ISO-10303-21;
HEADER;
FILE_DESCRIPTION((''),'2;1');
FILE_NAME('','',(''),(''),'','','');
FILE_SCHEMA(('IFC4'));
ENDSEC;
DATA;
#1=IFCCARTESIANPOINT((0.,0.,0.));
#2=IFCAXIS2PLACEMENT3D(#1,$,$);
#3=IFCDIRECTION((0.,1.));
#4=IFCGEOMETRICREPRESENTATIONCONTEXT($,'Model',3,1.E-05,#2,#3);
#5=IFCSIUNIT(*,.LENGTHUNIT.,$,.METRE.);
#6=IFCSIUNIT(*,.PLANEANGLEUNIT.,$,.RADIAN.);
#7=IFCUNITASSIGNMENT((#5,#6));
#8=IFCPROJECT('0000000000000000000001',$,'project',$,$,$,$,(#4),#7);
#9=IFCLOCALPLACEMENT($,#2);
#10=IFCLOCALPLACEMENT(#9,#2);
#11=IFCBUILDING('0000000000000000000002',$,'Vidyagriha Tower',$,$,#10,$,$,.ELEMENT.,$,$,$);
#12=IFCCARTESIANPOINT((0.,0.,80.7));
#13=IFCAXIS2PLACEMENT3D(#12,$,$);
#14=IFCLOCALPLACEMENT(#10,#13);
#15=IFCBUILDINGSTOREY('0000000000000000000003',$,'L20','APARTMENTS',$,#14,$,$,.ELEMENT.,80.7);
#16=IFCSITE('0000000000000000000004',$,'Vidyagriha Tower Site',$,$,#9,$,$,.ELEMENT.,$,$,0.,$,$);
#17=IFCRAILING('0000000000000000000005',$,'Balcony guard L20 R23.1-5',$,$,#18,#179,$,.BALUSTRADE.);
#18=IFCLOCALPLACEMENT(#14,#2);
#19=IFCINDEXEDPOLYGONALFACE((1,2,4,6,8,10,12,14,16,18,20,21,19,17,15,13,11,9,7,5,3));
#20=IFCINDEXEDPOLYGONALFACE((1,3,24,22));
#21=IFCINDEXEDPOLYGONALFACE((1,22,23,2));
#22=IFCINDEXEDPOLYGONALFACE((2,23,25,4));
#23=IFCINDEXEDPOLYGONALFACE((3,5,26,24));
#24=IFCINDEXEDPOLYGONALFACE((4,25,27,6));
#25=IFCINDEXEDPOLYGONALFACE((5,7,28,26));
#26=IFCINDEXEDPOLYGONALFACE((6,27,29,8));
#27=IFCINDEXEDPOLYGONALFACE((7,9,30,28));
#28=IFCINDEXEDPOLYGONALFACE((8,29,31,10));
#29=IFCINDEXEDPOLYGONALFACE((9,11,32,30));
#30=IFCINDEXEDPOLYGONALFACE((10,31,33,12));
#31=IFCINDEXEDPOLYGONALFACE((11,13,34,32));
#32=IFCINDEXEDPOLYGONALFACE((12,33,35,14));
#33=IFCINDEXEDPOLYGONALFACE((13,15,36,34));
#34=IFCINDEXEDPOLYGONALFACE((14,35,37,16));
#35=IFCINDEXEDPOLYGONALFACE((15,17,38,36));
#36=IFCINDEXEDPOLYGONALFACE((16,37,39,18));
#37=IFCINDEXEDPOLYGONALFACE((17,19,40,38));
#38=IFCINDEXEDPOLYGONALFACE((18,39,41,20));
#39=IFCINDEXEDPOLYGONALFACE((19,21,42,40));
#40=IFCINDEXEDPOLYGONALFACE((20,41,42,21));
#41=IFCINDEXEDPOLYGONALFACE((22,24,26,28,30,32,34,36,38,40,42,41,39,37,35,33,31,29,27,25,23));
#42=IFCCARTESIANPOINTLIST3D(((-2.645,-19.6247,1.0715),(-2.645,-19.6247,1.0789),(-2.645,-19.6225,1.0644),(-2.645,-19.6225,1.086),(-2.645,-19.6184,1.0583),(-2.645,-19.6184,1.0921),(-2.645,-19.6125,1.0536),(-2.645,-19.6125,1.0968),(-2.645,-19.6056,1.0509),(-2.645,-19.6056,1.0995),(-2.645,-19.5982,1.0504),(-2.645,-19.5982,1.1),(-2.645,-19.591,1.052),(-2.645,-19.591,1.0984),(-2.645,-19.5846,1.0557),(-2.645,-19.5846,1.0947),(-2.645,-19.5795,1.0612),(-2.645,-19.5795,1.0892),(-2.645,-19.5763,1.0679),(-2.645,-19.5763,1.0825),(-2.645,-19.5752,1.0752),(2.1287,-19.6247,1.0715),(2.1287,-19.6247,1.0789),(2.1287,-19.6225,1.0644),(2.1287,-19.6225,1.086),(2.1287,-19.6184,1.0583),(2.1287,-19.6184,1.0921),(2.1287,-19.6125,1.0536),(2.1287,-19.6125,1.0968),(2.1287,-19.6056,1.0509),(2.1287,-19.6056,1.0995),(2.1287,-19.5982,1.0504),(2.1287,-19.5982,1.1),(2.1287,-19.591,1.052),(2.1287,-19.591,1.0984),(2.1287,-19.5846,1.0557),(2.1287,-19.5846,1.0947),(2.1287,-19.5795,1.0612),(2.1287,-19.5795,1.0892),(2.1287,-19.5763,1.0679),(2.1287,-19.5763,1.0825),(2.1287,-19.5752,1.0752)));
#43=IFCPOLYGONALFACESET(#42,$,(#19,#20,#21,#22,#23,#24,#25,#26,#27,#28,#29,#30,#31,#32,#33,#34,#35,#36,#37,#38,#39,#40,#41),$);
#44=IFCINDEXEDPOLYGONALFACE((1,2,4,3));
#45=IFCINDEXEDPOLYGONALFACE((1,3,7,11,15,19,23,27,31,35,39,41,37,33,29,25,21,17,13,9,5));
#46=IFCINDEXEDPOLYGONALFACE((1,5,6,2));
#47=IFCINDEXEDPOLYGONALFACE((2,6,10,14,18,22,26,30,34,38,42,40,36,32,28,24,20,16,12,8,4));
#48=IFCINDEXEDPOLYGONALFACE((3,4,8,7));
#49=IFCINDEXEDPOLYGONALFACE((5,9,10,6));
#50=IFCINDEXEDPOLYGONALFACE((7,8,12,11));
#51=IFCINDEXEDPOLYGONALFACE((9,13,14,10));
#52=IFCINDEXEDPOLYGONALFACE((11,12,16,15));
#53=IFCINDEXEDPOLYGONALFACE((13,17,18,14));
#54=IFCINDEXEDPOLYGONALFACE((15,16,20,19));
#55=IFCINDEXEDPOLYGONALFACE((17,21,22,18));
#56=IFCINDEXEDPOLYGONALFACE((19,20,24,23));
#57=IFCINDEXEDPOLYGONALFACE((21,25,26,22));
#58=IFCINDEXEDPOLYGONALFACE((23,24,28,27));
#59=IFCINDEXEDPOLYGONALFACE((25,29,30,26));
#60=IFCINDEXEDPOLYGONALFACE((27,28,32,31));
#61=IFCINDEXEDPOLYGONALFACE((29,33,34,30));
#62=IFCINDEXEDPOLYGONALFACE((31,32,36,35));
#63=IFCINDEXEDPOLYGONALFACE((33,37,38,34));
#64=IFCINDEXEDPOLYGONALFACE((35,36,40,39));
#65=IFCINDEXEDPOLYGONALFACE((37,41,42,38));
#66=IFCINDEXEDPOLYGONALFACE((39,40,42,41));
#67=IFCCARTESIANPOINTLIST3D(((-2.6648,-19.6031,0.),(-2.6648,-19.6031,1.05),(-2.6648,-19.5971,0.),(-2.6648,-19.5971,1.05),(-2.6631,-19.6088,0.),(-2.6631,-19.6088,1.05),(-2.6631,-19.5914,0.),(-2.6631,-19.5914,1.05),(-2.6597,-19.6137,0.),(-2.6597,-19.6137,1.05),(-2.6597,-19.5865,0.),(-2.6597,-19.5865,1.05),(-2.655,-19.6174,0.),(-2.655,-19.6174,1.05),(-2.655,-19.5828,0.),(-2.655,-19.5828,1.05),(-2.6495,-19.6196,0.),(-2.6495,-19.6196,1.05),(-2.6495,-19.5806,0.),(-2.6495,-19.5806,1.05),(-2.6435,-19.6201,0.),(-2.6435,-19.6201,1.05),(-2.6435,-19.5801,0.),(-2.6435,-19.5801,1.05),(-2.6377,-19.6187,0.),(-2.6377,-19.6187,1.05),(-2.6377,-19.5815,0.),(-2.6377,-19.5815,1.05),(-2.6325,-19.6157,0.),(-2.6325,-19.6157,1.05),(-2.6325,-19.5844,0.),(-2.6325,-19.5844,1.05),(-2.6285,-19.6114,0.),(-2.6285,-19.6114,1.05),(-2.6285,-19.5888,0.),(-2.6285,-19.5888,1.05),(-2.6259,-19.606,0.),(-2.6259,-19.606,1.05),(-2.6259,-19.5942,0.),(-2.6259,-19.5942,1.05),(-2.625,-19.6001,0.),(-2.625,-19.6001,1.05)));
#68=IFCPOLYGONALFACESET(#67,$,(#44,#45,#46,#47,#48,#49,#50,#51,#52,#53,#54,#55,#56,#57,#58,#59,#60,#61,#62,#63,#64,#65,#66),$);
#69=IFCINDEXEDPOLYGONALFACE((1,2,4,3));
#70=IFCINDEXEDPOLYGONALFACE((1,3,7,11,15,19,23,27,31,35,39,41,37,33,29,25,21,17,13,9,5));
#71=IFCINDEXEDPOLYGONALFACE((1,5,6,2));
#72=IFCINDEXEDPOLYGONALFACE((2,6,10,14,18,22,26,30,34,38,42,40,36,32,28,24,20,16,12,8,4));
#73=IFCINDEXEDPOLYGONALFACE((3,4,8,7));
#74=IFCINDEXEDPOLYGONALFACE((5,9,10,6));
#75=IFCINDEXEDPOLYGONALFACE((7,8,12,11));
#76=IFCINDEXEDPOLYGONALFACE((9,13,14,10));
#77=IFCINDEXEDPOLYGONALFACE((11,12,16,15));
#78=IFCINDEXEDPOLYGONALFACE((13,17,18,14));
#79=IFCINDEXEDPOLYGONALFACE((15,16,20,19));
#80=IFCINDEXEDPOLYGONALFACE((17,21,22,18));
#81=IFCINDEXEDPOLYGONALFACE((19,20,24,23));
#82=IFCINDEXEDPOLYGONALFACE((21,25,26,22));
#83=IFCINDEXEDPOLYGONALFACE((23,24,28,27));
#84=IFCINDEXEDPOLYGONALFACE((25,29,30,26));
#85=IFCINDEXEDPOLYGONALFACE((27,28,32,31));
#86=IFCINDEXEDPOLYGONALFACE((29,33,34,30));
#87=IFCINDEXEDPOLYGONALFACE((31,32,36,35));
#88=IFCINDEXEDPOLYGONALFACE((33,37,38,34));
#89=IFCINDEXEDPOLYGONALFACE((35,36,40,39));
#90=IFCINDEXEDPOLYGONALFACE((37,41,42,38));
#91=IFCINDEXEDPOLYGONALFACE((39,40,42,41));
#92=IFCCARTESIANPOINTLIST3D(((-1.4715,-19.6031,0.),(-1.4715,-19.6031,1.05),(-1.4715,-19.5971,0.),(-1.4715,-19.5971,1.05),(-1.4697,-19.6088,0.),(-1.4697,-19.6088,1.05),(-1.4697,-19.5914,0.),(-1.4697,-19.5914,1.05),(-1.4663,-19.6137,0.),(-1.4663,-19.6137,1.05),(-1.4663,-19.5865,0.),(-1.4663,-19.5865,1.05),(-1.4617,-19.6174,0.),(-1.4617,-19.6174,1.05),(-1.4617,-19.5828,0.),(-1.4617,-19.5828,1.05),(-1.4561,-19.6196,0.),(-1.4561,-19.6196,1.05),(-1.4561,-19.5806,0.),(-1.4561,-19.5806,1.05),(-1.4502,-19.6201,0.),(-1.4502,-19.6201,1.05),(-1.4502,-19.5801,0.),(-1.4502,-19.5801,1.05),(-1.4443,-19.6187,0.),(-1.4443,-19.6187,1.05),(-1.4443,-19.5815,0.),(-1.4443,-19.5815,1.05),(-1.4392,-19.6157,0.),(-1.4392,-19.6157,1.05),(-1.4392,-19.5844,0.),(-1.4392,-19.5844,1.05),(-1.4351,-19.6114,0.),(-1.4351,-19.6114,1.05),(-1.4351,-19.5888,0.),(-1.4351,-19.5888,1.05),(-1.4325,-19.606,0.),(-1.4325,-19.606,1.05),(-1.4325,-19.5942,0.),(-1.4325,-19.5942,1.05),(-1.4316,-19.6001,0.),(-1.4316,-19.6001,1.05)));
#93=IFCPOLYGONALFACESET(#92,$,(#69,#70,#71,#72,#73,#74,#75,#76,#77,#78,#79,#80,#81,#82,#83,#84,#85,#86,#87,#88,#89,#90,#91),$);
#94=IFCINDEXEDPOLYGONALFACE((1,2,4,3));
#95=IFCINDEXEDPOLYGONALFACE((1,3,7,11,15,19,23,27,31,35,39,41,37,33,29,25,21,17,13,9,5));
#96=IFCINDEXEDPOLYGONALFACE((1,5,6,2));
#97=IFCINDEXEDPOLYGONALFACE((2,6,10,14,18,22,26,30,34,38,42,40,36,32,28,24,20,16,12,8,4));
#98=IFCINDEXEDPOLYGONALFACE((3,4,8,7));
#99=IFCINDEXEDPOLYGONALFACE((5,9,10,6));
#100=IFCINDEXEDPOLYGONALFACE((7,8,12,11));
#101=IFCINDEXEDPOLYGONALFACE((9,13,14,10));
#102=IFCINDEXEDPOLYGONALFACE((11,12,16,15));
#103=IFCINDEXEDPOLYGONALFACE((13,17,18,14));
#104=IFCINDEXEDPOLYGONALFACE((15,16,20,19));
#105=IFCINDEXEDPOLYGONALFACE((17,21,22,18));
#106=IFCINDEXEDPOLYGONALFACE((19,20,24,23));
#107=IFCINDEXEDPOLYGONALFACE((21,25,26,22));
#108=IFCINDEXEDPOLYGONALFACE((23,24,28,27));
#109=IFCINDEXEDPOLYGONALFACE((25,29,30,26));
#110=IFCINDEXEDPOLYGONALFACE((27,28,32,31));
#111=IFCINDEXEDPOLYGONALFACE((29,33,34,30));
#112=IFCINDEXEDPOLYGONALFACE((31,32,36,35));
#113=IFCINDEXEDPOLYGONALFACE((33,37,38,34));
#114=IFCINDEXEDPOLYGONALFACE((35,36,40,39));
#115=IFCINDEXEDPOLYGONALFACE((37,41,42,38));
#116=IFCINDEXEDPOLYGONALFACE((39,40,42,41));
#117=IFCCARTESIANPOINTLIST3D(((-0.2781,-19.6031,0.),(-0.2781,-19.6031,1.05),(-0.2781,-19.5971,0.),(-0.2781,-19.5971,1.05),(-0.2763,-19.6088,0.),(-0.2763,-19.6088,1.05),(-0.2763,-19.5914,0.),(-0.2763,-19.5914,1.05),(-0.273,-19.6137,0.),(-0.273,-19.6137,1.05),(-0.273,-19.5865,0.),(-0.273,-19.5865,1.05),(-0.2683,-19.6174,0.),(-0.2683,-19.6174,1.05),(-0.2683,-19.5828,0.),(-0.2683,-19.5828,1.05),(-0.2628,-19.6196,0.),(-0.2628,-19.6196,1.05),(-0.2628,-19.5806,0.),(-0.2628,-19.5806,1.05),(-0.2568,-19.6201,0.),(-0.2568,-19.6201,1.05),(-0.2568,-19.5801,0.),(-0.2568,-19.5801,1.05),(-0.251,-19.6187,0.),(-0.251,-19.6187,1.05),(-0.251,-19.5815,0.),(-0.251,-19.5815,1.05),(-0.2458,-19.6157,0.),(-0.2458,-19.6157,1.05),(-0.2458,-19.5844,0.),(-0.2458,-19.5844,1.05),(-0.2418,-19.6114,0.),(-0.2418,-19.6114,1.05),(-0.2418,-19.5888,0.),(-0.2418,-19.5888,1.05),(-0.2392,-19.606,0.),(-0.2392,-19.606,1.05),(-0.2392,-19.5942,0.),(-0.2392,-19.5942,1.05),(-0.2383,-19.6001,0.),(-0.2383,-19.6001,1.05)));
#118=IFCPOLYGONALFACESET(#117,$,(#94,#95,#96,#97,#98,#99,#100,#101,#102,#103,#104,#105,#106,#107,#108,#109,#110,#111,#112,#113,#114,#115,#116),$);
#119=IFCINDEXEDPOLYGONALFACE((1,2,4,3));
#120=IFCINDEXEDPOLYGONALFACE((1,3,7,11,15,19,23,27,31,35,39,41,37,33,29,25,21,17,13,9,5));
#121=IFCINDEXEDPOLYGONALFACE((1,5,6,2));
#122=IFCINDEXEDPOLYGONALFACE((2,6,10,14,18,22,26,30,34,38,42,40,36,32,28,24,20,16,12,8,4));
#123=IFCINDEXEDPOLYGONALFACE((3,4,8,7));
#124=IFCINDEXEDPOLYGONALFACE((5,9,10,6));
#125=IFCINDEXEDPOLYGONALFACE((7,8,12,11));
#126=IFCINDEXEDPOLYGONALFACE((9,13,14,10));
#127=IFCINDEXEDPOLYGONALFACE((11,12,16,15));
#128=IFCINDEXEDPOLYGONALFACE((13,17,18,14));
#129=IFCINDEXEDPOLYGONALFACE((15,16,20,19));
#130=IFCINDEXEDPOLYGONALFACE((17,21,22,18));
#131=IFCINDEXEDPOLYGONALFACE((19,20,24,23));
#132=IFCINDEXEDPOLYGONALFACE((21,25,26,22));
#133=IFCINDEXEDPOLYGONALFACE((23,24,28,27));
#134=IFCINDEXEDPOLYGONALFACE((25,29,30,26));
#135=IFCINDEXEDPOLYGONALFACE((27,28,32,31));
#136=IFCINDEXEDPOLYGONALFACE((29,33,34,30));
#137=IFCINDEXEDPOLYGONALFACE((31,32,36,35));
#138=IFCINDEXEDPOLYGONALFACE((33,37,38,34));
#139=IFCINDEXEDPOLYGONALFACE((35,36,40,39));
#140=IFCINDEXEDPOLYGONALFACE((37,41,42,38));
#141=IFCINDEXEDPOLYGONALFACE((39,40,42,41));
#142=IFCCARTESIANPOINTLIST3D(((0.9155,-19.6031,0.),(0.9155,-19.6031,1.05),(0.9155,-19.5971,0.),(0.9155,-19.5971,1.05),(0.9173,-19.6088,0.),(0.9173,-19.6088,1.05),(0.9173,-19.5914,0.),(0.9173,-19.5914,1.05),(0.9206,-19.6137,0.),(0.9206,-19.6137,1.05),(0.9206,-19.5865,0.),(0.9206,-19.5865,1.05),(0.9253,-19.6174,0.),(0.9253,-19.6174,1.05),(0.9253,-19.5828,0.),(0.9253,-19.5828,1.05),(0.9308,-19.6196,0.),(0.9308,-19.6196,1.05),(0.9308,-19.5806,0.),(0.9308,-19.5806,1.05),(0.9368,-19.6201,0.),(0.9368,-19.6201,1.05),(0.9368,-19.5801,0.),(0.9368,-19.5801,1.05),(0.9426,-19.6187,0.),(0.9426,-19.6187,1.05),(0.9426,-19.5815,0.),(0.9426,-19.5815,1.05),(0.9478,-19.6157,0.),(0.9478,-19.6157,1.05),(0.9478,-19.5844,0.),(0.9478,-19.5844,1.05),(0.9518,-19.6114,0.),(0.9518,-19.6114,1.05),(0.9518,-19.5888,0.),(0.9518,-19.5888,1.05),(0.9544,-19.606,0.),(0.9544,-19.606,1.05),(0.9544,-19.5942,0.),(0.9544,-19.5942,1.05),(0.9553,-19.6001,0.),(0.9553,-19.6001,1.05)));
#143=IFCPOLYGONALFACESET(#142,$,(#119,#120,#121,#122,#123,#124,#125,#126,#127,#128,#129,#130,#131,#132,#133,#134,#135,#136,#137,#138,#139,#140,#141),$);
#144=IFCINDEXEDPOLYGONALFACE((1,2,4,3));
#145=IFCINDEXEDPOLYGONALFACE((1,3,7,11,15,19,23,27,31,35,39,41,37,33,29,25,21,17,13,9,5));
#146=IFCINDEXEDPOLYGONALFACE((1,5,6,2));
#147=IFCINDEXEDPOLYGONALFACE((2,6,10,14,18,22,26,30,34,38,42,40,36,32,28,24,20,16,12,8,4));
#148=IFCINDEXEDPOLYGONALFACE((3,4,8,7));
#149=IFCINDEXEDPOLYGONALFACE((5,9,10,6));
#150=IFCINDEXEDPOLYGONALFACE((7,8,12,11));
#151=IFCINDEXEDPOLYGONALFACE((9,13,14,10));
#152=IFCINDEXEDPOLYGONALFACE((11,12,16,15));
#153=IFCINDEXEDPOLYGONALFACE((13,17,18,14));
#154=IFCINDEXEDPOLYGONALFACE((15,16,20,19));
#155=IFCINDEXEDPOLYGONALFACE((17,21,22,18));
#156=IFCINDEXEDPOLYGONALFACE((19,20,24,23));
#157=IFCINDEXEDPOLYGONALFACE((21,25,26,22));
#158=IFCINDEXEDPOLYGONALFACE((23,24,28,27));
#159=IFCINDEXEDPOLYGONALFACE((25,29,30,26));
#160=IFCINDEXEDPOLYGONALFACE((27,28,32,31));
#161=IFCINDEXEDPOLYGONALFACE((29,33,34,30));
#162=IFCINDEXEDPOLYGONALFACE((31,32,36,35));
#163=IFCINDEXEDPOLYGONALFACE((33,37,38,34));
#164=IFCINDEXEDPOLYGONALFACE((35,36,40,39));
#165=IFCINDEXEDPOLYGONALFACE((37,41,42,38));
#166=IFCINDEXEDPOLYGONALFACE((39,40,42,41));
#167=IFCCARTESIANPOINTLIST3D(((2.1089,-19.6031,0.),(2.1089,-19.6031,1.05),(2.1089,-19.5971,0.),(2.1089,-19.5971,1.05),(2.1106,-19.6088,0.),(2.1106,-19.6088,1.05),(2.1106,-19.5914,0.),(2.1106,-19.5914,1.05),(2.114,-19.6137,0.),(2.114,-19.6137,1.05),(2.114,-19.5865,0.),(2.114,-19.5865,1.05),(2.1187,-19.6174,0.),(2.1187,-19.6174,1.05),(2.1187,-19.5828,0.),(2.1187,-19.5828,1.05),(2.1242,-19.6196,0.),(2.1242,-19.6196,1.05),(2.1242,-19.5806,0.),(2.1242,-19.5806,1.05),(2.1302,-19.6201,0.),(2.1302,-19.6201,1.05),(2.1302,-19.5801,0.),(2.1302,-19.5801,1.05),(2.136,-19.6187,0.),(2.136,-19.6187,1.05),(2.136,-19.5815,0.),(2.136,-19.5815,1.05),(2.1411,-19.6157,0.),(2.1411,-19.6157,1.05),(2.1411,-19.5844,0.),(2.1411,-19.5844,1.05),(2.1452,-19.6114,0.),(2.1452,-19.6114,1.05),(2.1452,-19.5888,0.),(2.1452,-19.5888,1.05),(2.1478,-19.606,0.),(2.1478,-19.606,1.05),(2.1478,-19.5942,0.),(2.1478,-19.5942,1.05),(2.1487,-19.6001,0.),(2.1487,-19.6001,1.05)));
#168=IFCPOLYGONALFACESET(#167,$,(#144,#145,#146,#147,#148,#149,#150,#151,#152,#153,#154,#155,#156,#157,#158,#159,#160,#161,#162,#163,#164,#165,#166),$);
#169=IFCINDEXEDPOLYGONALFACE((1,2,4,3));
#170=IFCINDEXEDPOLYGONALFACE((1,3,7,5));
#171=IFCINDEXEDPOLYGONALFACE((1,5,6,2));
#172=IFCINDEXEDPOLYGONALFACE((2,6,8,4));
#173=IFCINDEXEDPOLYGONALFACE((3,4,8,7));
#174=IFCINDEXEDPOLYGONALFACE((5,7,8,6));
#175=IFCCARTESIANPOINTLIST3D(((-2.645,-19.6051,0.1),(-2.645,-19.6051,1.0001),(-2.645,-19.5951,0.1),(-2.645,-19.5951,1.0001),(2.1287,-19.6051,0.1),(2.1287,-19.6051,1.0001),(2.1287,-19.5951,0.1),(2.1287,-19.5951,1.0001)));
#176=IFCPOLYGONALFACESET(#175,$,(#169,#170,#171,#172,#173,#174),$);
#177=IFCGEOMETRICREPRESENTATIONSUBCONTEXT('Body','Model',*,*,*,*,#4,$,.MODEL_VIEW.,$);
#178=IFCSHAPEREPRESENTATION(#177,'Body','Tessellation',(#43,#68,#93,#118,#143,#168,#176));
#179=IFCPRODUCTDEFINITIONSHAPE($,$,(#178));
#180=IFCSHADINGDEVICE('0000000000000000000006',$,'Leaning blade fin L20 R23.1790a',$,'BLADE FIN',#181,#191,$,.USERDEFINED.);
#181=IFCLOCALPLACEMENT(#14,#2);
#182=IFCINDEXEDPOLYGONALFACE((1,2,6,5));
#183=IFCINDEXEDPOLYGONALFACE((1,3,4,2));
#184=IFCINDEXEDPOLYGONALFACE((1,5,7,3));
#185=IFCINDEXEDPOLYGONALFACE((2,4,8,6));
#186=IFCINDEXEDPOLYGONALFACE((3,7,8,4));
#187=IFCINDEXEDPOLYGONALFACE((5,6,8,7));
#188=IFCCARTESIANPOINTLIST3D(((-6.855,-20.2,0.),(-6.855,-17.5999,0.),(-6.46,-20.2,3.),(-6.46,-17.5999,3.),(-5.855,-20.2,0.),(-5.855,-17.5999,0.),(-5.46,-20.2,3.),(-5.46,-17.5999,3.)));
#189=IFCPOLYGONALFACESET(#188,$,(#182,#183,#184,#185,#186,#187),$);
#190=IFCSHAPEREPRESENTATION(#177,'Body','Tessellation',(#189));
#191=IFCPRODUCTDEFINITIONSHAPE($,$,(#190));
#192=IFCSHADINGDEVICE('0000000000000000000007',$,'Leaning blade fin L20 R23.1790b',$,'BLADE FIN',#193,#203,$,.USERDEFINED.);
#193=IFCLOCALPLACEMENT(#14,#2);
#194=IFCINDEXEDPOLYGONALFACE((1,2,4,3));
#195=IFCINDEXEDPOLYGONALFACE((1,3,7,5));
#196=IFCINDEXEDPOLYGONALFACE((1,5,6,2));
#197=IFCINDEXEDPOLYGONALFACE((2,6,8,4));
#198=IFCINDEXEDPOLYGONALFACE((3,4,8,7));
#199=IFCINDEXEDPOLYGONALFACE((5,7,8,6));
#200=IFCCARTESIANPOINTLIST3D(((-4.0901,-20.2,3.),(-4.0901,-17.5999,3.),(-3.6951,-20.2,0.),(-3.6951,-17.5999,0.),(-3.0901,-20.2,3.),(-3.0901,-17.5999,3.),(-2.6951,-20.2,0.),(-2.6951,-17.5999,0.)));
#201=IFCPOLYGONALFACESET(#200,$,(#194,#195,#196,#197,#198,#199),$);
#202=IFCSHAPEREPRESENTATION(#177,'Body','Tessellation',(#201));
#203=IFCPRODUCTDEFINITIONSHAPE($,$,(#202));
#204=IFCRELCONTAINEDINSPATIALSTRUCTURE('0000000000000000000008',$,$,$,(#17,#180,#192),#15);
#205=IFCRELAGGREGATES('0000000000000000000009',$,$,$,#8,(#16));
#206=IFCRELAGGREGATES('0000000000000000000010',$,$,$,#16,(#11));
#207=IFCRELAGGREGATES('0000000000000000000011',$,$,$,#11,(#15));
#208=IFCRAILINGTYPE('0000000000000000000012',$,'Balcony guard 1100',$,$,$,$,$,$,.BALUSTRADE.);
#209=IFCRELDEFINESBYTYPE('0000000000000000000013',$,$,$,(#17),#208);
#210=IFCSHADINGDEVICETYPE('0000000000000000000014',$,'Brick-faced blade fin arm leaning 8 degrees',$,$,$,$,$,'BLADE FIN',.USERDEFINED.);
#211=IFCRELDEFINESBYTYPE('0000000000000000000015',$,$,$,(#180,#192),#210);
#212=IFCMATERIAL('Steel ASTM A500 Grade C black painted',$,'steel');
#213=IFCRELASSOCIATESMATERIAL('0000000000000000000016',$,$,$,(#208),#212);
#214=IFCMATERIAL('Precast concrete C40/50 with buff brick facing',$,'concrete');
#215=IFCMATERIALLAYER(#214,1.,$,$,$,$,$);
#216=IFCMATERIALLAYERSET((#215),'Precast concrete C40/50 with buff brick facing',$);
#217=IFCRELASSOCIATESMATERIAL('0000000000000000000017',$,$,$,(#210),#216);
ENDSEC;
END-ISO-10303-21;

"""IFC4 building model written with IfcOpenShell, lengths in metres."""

from ifc_helpers import new_model, si_unit, direction, frame, origin, origin_2d, place, context, subcontext, project, spatial, polyline, rectangle, circle, outline, extrude, material, layer, layer_set, type_object, element, save


model = new_model("IFC4")

# Units and contexts
model_context = context("Model", 3, precision=1e-05, world=origin(), true_north=direction((0.0, 1.0)))
body_context = subcontext(model_context, "Body", "Model", "MODEL_VIEW")
ifc_project = project(units=[si_unit("LENGTHUNIT", "METRE"), si_unit("PLANEANGLEUNIT", "RADIAN")], contexts=[model_context])

# Site, building, storey
site_placement = place(None, origin())
site = spatial("IfcSite", under=ifc_project, at=site_placement, Name="Vidyagriha Tower Site", CompositionType="ELEMENT", RefElevation=0.0)
building_placement = place(site_placement, origin())
building = spatial("IfcBuilding", under=site, at=building_placement, Name="Vidyagriha Tower", CompositionType="ELEMENT")
storey_placement = place(building_placement, frame((0.0, 0.0, 80.7)))
storey = spatial("IfcBuildingStorey", under=building, at=storey_placement, Name="L20", Description="APARTMENTS", CompositionType="ELEMENT", Elevation=80.7)

# Railing
ifc_material_1 = material(Name="Steel ASTM A500 Grade C black painted", Category="steel")
railing_type = type_object("IfcRailingType", Name="Balcony guard 1100", PredefinedType="BALUSTRADE", material=ifc_material_1)
railing_1_placement = place(storey_placement, frame((-2.645, -19.6001, 0.0)))
element("IfcRailing", 1, at=railing_1_placement, inside=storey, type_object=railing_type, Name="Balcony guard L20 R23.1-5", PredefinedType="BALUSTRADE", context=body_context, shape_type="SweptSolid", body=[
    extrude(circle(Radius=0.0249, at=origin_2d()), frame((0.0, 0.0, 1.0752), z_axis=(1.0, 0.0, 0.0), x_axis=(0.0, 1.0, 0.0)), (0.0, 0.0, 1.0), 4.7737),
    extrude(circle(Radius=0.02, at=origin_2d()), origin(), (0.0, 0.0, 1.0), 1.05),
    extrude(circle(Radius=0.02, at=origin_2d()), frame((1.1934, 0.0, 0.0)), (0.0, 0.0, 1.0), 1.05),
    extrude(circle(Radius=0.02, at=origin_2d()), frame((2.3867, 0.0, 0.0)), (0.0, 0.0, 1.0), 1.05),
    extrude(circle(Radius=0.02, at=origin_2d()), frame((3.5803, 0.0, 0.0)), (0.0, 0.0, 1.0), 1.05),
    extrude(circle(Radius=0.02, at=origin_2d()), frame((4.7737, 0.0, 0.0)), (0.0, 0.0, 1.0), 1.05),
    extrude(rectangle(XDim=0.01, YDim=0.9001, at=origin_2d()), frame((0.0, 0.0, 0.55), z_axis=(1.0, 0.0, 0.0), x_axis=(0.0, 1.0, 0.0)), (0.0, 0.0, 1.0), 4.7737),
])

# Shading devices
ifc_material_2 = material(Name="Precast concrete C40/50 with buff brick facing", Category="concrete")
ifc_layer_1 = layer(ifc_material_2, 1.0)
ifc_layer_set_1 = layer_set([ifc_layer_1], Name="Precast concrete C40/50 with buff brick facing")
shading_device_type_1 = type_object("IfcShadingDeviceType", Name="Brick-faced blade fin arm leaning 8 degrees", ElementType="BLADE FIN", PredefinedType="USERDEFINED", material=ifc_layer_set_1)
shading_device_1_placement = place(storey_placement, frame((-6.855, -18.8999, 0.0)))
element("IfcShadingDevice", 2, at=shading_device_1_placement, inside=storey, type_object=shading_device_type_1, Name="Leaning blade fin L20 R23.1790a", ObjectType="BLADE FIN", PredefinedType="USERDEFINED", context=body_context, shape_type="SweptSolid", body=[
    extrude(outline(polyline([(0.0, 0.0), (1.0, 0.0), (1.395, 3.0), (0.395, 3.0), (0.0, 0.0)])), frame((0.0, 1.3, 0.0), z_axis=(0.0, -1.0, 0.0), x_axis=(1.0, 0.0, 0.0)), (0.0, 0.0, 1.0), 2.6001),
])
shading_device_2_placement = place(storey_placement, frame((-4.0901, -18.8999, 0.0)))
element("IfcShadingDevice", 3, at=shading_device_2_placement, inside=storey, type_object=shading_device_type_1, Name="Leaning blade fin L20 R23.1790b", ObjectType="BLADE FIN", PredefinedType="USERDEFINED", context=body_context, shape_type="SweptSolid", body=[
    extrude(outline(polyline([(0.395, 0.0), (1.395, 0.0), (1.0, 3.0), (0.0, 3.0), (0.395, 0.0)])), frame((0.0, 1.3, 0.0), z_axis=(0.0, -1.0, 0.0), x_axis=(1.0, 0.0, 0.0)), (0.0, 0.0, 1.0), 2.6001),
])

save(model, "model.ifc")
